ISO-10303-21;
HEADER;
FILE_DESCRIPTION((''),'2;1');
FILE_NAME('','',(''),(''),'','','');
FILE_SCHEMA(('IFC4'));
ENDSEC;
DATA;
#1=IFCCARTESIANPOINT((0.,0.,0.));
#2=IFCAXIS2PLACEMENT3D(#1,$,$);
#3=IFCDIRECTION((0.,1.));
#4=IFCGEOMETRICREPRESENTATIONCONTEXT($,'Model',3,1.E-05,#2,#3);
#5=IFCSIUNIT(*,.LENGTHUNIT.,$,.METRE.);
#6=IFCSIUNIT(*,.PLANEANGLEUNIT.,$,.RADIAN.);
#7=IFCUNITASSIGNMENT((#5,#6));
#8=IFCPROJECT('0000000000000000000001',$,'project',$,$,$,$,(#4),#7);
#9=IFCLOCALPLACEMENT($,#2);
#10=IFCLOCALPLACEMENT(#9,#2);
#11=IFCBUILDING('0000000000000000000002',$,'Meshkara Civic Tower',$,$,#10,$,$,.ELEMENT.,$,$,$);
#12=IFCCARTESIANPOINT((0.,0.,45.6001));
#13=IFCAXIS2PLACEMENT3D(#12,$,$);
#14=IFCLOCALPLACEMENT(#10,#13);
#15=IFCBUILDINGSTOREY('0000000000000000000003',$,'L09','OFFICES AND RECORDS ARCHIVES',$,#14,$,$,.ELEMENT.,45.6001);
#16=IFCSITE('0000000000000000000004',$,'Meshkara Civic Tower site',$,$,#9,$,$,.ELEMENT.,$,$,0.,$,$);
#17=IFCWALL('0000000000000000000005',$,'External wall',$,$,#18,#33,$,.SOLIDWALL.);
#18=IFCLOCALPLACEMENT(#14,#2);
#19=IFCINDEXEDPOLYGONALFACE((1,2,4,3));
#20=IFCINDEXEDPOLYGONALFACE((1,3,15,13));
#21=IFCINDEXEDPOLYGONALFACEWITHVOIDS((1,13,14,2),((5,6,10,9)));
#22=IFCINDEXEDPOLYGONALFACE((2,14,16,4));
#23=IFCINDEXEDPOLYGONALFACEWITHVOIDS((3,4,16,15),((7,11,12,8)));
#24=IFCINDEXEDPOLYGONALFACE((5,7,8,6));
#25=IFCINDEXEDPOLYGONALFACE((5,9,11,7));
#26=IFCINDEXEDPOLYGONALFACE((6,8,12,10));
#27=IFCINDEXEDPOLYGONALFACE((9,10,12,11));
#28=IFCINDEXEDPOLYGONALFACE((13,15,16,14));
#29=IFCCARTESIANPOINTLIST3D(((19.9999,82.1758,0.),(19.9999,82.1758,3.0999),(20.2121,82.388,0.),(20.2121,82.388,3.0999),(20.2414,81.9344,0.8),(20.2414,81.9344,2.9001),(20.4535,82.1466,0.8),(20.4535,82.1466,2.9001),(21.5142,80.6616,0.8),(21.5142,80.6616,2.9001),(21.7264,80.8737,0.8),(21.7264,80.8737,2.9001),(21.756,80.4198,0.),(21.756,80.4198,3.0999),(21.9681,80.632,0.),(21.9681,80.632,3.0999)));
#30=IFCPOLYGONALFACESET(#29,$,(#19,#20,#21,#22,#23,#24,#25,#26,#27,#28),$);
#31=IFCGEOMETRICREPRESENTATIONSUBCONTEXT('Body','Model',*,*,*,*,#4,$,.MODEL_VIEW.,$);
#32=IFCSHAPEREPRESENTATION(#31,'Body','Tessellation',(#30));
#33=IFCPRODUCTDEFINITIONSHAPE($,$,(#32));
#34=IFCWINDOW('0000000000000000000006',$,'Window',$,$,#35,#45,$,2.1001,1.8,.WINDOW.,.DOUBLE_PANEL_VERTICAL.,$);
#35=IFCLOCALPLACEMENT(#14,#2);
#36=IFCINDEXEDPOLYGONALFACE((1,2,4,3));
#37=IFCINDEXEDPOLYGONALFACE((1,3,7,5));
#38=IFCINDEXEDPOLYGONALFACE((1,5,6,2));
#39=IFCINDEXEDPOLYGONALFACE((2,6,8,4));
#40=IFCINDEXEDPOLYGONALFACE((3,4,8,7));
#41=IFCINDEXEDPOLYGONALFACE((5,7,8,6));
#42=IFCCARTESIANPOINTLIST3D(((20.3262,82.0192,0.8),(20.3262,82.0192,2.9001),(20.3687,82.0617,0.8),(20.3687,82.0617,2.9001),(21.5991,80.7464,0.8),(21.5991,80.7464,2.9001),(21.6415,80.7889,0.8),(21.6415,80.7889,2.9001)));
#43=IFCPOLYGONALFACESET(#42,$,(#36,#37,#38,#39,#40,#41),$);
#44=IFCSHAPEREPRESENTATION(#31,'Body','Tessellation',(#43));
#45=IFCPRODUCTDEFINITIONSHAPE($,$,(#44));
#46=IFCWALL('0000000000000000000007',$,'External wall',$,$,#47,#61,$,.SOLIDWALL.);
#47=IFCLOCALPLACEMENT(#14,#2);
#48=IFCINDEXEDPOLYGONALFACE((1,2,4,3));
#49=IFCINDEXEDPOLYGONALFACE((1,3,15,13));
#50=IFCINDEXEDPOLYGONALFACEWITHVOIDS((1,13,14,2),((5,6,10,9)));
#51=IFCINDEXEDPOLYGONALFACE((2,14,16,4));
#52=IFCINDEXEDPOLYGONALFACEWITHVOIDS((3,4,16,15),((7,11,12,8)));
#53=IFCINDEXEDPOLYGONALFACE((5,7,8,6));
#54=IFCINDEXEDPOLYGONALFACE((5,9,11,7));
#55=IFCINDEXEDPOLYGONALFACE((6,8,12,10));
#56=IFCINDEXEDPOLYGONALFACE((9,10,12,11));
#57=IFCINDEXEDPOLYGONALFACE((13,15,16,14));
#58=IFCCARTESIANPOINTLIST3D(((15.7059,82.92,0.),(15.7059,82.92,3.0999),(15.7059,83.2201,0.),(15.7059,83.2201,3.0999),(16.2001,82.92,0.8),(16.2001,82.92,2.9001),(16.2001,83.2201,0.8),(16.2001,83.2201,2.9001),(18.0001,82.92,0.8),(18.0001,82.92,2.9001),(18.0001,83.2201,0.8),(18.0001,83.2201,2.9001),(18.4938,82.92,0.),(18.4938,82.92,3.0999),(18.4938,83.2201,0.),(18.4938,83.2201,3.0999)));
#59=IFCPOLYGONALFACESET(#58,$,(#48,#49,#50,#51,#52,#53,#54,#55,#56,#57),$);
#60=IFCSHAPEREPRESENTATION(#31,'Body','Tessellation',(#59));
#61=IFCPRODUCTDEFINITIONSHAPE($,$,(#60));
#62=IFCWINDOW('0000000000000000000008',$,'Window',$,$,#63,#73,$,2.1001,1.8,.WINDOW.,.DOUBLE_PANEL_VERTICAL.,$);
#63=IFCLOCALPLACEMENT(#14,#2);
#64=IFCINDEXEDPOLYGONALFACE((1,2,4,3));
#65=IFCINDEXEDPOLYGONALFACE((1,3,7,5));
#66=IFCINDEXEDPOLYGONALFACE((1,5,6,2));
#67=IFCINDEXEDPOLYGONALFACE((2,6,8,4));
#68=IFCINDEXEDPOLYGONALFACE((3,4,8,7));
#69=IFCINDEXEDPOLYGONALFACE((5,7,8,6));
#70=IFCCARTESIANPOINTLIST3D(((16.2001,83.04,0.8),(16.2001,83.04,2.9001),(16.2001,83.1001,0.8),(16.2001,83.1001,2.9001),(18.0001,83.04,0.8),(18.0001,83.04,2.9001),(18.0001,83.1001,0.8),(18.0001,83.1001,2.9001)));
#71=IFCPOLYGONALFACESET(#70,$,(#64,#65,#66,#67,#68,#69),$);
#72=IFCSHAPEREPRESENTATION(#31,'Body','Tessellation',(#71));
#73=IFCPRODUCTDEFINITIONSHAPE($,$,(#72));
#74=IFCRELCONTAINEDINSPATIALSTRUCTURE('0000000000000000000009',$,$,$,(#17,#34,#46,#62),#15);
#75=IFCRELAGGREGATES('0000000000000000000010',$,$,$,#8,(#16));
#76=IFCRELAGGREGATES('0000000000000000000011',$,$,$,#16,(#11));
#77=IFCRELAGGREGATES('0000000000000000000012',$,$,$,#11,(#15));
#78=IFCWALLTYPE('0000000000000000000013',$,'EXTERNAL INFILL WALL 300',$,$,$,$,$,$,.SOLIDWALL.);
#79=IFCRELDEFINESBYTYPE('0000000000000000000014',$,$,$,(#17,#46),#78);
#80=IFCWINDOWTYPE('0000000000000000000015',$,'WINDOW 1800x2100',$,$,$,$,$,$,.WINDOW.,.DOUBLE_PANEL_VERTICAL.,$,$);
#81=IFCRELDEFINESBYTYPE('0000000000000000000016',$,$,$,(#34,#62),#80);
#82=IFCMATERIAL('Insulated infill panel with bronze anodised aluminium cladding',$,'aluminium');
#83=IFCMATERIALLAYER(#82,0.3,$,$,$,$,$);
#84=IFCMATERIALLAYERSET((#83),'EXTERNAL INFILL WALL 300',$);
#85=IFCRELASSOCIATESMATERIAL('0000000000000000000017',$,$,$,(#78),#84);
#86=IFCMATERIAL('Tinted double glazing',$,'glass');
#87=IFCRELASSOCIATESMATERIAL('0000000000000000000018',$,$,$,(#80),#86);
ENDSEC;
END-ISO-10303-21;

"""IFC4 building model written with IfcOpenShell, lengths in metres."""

from ifc_helpers import new_model, si_unit, direction, frame, frame_2d, origin, place, context, subcontext, project, spatial, rectangle, extrude, material, layer, layer_set, type_object, element, fill, save


model = new_model("IFC4")

# Units and contexts
model_context = context("Model", 3, precision=1e-05, world=origin(), true_north=direction((0.0, 1.0)))
body_context = subcontext(model_context, "Body", "Model", "MODEL_VIEW")
ifc_project = project(units=[si_unit("LENGTHUNIT", "METRE"), si_unit("PLANEANGLEUNIT", "RADIAN")], contexts=[model_context])

# Site, building, storey
site_placement = place(None, origin())
site = spatial("IfcSite", under=ifc_project, at=site_placement, Name="Meshkara Civic Tower site", CompositionType="ELEMENT", RefElevation=0.0)
building_placement = place(site_placement, origin())
building = spatial("IfcBuilding", under=site, at=building_placement, Name="Meshkara Civic Tower", CompositionType="ELEMENT")
storey_placement = place(building_placement, frame((0.0, 0.0, 45.6001)))
storey = spatial("IfcBuildingStorey", under=building, at=storey_placement, Name="L09", Description="OFFICES AND RECORDS ARCHIVES", CompositionType="ELEMENT", Elevation=45.6001)

# Walls, openings, windows
ifc_material_1 = material(Name="Insulated infill panel with bronze anodised aluminium cladding", Category="aluminium")
ifc_layer_1 = layer(ifc_material_1, 0.3)
ifc_layer_set_1 = layer_set([ifc_layer_1], Name="EXTERNAL INFILL WALL 300")
wall_type_1 = type_object("IfcWallType", Name="EXTERNAL INFILL WALL 300", PredefinedType="SOLIDWALL", material=ifc_layer_set_1)
wall_1_placement = place(storey_placement, frame((21.8621, 80.5259, 0.0), z_axis=(0.0, 0.0, 1.0), x_axis=(-0.707107, 0.707107, 0.0)))
wall_1 = element("IfcWall", 1, at=wall_1_placement, inside=storey, type_object=wall_type_1, Name="External wall", PredefinedType="SOLIDWALL", context=body_context, shape_type="SweptSolid", body=[
    extrude(rectangle(XDim=2.4834, YDim=0.3, at=frame_2d((1.2417, 0.0))), origin(), (0.0, 0.0, 1.0), 3.0999),
])
opening_1_placement = place(wall_1_placement, frame((0.342, 0.0, 0.8)))
opening_1 = element("IfcOpeningElement", 2, at=opening_1_placement, cuts=wall_1, PredefinedType="OPENING", context=body_context, shape_type="SweptSolid", body=[
    extrude(rectangle(XDim=1.8, YDim=2.1001, at=frame_2d((0.8999, 1.05))), frame((0.0, 0.1599, 0.0), z_axis=(0.0, -1.0, 0.0), x_axis=(1.0, 0.0, 0.0)), (0.0, 0.0, 1.0), 0.3201),
])
ifc_material_2 = material(Name="Tinted double glazing", Category="glass")
window_type_1 = type_object("IfcWindowType", Name="WINDOW 1800x2100", PartitioningType="DOUBLE_PANEL_VERTICAL", PredefinedType="WINDOW", material=ifc_material_2)
window_1_placement = place(opening_1_placement, origin())
window_1 = element("IfcWindow", 3, at=window_1_placement, inside=storey, type_object=window_type_1, Name="Window", OverallHeight=2.1001, OverallWidth=1.8, PartitioningType="DOUBLE_PANEL_VERTICAL", PredefinedType="WINDOW", context=body_context, shape_type="SweptSolid", body=[
    extrude(rectangle(XDim=1.8, YDim=2.1001, at=frame_2d((0.8999, 1.05))), frame((0.0, 0.03, 0.0), z_axis=(0.0, -1.0, 0.0), x_axis=(1.0, 0.0, 0.0)), (0.0, 0.0, 1.0), 0.0601),
])
fill(opening_1, window_1)
wall_2_placement = place(storey_placement, frame((18.4939, 83.0701, 0.0), z_axis=(0.0, 0.0, 1.0), x_axis=(-1.0, 0.0, 0.0)))
wall_2 = element("IfcWall", 4, at=wall_2_placement, inside=storey, type_object=wall_type_1, Name="External wall", PredefinedType="SOLIDWALL", context=body_context, shape_type="SweptSolid", body=[
    extrude(rectangle(XDim=2.7878, YDim=0.3, at=frame_2d((1.394, 0.0))), origin(), (0.0, 0.0, 1.0), 3.0999),
])
opening_2_placement = place(wall_2_placement, frame((0.4939, 0.0, 0.8)))
opening_2 = element("IfcOpeningElement", 5, at=opening_2_placement, cuts=wall_2, PredefinedType="OPENING", context=body_context, shape_type="SweptSolid", body=[
    extrude(rectangle(XDim=1.8, YDim=2.1001, at=frame_2d((0.8999, 1.05))), frame((0.0, 0.1599, 0.0), z_axis=(0.0, -1.0, 0.0), x_axis=(1.0, 0.0, 0.0)), (0.0, 0.0, 1.0), 0.3201),
])
window_2_placement = place(opening_2_placement, origin())
window_2 = element("IfcWindow", 6, at=window_2_placement, inside=storey, type_object=window_type_1, Name="Window", OverallHeight=2.1001, OverallWidth=1.8, PartitioningType="DOUBLE_PANEL_VERTICAL", PredefinedType="WINDOW", context=body_context, shape_type="SweptSolid", body=[
    extrude(rectangle(XDim=1.8, YDim=2.1001, at=frame_2d((0.8999, 1.05))), frame((0.0, 0.03, 0.0), z_axis=(0.0, -1.0, 0.0), x_axis=(1.0, 0.0, 0.0)), (0.0, 0.0, 1.0), 0.0601),
])
fill(opening_2, window_2)

save(model, "model.ifc")
